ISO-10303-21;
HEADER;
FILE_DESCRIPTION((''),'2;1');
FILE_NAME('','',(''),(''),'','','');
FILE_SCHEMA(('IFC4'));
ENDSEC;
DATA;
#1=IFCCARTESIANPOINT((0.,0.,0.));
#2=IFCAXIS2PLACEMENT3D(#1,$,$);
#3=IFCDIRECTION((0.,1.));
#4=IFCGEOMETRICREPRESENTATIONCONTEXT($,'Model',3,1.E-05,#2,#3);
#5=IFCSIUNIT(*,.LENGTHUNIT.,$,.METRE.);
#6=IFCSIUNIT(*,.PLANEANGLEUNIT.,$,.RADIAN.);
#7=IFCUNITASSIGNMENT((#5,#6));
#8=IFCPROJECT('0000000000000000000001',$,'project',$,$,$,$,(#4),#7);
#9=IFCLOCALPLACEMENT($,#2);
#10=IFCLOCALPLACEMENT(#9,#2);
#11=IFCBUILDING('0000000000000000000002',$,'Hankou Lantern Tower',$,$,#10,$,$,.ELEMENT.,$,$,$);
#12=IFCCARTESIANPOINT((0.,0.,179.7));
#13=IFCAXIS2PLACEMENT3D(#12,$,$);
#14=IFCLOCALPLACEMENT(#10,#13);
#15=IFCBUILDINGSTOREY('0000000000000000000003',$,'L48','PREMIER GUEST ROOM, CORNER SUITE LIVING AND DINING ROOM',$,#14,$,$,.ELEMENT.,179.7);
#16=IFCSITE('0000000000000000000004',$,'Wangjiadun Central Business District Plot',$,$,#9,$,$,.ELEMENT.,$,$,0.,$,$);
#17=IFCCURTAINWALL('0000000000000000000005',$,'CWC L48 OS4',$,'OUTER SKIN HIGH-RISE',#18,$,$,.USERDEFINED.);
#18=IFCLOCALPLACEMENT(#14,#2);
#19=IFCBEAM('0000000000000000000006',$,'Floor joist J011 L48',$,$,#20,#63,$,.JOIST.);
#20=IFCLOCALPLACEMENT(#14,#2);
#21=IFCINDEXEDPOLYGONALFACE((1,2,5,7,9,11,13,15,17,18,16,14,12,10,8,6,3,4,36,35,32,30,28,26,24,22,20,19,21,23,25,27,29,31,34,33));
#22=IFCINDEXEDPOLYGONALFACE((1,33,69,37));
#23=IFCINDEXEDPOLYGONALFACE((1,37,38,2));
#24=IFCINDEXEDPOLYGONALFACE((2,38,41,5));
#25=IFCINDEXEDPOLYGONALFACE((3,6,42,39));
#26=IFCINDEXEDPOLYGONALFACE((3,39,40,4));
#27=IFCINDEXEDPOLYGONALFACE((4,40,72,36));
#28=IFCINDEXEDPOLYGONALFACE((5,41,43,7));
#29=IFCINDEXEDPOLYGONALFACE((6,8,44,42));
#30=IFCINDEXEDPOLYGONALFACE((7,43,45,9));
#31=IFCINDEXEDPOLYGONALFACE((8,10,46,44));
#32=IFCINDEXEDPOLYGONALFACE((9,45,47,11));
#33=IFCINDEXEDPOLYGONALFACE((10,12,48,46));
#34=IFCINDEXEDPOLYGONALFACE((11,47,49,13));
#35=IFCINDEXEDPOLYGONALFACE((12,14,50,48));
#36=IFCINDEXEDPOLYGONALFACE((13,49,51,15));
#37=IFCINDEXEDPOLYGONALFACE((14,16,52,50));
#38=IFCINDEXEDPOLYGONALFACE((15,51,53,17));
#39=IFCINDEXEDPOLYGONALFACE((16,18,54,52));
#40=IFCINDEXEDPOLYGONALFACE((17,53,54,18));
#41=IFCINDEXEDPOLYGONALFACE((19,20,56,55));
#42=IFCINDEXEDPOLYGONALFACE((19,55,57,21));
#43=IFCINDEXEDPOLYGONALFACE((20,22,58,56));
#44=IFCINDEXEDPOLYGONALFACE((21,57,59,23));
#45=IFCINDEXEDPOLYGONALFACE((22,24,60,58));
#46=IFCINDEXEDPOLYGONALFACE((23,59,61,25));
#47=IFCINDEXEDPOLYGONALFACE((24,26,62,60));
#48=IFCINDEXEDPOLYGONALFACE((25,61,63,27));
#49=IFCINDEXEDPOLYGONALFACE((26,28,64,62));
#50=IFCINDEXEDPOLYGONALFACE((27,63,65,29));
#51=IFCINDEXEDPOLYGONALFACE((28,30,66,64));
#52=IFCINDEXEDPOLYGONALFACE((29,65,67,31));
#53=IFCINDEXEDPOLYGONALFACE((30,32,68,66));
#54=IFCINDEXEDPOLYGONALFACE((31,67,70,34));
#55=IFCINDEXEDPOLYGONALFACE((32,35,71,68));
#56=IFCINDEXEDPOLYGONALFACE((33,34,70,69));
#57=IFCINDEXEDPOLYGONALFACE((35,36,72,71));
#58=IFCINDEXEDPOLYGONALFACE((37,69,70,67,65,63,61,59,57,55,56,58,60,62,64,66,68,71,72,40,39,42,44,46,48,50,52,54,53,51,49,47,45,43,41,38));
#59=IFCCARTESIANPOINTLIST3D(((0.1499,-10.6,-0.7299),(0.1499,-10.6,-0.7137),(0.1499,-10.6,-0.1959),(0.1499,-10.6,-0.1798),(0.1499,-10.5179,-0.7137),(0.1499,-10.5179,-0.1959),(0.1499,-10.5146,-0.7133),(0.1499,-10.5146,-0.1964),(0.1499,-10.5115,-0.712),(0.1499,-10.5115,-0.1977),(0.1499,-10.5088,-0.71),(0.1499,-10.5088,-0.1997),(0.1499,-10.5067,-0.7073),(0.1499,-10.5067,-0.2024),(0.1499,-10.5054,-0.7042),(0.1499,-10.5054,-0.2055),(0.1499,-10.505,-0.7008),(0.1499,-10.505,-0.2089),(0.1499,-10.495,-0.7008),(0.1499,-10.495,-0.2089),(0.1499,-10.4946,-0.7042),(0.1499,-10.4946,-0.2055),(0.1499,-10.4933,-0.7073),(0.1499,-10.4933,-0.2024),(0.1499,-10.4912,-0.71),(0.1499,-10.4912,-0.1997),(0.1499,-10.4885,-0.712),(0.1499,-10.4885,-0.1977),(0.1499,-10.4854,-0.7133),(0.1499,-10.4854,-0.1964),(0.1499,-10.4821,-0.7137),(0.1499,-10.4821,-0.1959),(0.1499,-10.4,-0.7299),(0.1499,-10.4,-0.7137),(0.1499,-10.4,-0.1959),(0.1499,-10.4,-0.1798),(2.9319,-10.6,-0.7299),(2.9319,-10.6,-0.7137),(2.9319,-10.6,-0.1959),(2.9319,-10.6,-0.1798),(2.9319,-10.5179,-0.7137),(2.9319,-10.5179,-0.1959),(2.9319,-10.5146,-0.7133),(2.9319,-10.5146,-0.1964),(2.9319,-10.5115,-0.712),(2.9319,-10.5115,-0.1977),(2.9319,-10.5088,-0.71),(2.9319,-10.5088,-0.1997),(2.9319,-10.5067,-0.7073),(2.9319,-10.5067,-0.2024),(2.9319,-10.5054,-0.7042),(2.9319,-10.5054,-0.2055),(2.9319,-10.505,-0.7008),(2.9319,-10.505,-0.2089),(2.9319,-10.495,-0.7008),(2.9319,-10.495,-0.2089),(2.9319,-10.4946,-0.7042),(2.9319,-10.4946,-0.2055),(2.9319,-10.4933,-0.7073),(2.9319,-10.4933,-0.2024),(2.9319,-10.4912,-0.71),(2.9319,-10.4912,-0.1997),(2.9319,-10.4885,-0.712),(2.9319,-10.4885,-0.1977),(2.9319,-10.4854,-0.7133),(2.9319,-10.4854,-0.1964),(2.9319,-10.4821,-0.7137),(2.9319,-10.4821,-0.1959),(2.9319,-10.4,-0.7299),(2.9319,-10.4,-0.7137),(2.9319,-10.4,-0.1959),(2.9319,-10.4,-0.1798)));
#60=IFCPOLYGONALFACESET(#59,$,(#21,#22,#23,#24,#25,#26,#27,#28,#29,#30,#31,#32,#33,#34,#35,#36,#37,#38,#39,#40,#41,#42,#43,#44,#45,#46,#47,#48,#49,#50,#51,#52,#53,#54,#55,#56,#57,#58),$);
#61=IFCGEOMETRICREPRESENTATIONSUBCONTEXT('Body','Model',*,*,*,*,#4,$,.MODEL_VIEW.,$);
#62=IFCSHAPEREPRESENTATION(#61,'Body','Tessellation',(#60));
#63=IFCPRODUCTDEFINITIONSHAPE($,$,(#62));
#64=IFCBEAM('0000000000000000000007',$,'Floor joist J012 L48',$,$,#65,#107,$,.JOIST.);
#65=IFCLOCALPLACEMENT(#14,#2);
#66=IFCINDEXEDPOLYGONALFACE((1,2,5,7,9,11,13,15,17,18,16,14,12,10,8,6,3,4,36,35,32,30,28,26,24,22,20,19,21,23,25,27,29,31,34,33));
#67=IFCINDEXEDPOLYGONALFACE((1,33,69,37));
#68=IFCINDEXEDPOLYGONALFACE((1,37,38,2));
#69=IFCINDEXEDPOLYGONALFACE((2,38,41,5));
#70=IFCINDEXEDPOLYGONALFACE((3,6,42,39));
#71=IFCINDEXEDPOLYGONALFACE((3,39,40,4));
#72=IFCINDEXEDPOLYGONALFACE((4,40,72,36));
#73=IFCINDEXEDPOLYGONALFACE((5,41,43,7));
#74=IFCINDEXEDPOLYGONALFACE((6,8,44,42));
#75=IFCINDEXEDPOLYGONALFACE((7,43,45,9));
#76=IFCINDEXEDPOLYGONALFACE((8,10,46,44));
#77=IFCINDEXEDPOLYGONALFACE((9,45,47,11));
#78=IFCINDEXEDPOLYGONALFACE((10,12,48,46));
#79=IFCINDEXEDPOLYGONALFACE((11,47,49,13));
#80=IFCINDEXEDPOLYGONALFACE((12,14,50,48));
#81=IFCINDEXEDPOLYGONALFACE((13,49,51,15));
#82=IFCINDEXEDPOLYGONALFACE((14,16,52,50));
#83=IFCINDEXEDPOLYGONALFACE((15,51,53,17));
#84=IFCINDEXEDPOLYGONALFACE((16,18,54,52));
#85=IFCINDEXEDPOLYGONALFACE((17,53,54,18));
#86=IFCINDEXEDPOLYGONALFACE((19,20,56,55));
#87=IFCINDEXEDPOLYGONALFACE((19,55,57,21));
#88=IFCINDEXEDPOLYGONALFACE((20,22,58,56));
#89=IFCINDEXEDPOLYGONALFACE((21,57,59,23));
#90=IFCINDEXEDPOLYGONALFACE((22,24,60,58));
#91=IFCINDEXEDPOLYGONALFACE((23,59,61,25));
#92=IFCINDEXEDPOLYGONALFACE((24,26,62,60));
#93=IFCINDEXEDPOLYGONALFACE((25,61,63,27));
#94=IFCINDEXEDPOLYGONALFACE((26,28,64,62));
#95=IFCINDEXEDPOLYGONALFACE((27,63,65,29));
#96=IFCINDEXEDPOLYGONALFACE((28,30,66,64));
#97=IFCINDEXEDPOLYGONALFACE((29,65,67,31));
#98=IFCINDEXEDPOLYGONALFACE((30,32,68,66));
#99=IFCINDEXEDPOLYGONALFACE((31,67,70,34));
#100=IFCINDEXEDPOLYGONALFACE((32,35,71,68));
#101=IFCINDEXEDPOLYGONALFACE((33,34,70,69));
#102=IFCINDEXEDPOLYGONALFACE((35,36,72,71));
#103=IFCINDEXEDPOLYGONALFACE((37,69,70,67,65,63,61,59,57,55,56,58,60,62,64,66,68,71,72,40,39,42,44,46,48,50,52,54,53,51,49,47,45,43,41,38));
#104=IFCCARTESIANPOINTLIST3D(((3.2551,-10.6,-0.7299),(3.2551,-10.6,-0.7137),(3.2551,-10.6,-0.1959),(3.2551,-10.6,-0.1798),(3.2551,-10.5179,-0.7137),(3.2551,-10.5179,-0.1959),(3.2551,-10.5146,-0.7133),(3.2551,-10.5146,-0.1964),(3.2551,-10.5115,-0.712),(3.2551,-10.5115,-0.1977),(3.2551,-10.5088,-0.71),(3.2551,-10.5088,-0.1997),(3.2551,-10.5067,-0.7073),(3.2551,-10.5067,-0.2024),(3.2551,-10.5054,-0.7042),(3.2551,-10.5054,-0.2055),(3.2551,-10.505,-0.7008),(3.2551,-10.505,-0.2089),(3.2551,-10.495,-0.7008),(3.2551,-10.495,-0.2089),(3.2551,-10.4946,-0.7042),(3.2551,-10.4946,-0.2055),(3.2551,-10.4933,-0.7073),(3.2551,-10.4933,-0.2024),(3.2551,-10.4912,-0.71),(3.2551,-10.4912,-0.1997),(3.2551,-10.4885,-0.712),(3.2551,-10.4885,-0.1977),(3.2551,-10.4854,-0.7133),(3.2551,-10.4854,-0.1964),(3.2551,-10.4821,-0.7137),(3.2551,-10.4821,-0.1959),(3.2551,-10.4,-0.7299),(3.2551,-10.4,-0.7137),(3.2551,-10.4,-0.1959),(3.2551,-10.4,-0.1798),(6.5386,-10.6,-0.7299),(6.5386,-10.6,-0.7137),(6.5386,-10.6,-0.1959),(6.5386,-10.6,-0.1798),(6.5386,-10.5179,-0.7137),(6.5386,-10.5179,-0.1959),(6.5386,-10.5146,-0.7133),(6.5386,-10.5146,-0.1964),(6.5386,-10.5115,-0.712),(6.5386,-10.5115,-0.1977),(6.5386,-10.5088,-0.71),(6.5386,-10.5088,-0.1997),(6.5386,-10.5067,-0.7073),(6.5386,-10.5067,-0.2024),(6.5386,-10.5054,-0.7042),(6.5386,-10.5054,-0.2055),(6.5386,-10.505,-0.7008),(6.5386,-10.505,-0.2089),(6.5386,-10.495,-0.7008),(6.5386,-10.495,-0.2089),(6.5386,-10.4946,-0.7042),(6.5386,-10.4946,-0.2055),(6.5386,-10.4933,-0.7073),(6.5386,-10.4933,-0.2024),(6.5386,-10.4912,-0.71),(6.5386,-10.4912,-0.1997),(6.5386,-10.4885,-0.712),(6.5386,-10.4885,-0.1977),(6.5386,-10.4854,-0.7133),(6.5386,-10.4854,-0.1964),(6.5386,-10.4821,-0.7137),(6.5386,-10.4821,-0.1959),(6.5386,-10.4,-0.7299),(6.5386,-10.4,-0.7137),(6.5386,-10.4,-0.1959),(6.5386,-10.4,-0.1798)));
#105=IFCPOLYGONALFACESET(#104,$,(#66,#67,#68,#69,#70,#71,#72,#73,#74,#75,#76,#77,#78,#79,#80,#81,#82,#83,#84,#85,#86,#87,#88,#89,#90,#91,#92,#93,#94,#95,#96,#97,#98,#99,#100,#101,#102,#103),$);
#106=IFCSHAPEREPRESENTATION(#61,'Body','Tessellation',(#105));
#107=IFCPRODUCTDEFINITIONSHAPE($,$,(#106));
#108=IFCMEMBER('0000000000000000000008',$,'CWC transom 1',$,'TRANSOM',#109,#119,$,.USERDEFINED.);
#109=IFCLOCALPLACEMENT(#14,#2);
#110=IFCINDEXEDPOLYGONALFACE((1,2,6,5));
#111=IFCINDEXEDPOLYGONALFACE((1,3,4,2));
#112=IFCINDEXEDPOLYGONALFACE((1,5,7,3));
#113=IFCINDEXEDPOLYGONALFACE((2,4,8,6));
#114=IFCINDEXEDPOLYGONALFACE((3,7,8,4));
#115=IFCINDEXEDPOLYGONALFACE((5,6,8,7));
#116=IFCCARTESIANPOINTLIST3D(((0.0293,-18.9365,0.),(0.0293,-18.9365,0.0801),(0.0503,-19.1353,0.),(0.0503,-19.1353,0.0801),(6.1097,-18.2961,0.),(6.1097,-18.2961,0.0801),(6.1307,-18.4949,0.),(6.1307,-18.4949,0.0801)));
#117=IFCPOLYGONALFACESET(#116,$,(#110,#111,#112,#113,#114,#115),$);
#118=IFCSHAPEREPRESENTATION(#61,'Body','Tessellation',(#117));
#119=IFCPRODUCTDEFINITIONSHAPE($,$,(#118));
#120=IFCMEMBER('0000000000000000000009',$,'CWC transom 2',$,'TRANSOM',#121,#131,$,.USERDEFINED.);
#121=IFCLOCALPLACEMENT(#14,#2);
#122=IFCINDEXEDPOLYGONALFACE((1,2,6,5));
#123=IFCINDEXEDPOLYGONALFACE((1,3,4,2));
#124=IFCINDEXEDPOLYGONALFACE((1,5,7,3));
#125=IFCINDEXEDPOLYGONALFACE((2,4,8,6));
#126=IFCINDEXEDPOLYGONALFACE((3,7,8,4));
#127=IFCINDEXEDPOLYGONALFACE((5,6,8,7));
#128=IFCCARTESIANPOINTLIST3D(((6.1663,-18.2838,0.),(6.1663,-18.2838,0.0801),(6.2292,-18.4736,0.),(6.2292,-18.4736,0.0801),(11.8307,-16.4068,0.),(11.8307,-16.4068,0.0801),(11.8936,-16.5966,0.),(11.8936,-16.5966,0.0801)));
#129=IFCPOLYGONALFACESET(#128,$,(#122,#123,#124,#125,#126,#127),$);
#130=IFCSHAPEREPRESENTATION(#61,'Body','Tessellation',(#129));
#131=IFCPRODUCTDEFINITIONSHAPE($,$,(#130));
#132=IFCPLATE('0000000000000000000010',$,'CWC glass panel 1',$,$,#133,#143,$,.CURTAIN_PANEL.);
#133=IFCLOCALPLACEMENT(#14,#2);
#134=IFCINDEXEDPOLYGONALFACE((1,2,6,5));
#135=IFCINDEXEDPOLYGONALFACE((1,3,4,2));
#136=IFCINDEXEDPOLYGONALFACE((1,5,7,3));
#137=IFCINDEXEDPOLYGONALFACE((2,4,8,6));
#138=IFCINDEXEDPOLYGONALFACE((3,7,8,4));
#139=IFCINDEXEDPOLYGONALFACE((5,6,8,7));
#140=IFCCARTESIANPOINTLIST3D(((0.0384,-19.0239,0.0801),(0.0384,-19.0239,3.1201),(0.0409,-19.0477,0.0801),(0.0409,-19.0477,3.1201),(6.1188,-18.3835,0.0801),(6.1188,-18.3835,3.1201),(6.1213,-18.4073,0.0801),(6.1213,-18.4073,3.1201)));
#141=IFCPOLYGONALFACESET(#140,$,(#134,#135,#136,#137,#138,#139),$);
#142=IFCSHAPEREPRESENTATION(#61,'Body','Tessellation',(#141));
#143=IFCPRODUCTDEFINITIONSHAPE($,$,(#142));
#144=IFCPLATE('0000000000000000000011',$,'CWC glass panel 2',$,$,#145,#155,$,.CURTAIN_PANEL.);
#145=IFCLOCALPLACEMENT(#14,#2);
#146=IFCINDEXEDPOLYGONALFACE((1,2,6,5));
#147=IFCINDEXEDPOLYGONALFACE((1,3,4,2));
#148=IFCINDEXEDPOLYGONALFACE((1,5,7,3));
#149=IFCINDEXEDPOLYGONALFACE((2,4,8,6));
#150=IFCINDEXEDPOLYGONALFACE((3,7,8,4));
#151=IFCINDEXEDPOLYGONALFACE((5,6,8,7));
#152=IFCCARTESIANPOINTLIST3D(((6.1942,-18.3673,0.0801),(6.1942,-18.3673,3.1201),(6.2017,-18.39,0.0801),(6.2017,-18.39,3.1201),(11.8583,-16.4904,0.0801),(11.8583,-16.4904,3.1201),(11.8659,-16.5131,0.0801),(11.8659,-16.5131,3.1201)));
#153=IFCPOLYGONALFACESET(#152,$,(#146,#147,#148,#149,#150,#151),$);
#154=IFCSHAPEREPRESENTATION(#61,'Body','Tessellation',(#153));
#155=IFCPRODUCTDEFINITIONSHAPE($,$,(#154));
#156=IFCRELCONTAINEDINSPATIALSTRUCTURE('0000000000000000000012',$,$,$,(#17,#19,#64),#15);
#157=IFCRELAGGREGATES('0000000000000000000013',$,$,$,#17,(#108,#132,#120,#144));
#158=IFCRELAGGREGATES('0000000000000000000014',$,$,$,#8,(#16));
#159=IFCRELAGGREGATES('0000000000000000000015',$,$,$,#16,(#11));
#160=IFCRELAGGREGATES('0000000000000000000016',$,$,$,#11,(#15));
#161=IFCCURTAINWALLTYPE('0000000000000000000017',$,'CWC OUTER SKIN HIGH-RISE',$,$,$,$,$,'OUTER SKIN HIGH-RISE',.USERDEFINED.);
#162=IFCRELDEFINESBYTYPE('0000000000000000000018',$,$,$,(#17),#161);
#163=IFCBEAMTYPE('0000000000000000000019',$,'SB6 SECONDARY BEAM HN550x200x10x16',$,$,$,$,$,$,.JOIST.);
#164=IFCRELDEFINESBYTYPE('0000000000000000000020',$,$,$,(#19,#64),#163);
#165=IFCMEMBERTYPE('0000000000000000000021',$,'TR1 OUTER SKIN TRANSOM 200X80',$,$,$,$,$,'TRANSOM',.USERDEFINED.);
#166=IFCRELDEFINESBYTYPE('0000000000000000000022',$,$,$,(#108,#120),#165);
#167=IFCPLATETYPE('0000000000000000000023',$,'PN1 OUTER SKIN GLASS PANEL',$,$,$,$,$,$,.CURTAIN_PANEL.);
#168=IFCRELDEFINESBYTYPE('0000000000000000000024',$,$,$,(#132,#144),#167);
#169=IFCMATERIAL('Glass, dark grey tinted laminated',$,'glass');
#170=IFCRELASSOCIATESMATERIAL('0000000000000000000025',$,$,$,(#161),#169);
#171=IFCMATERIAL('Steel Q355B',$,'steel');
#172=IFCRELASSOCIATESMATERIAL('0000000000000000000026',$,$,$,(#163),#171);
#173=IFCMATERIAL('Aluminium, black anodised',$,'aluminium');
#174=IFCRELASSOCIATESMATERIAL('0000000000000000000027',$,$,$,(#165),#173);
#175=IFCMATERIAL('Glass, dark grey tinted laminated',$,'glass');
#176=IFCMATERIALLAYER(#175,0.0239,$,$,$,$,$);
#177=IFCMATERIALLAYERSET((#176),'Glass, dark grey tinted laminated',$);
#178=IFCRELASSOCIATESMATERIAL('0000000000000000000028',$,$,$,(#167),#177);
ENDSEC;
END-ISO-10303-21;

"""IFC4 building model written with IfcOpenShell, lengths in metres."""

from ifc_helpers import new_model, si_unit, direction, frame, origin, origin_2d, place, context, subcontext, project, spatial, rectangle, i_section, extrude, material, layer, layer_set, material_profile, profile_set, type_object, element, aggregate, save


model = new_model("IFC4")

# Units and contexts
model_context = context("Model", 3, precision=1e-05, world=origin(), true_north=direction((0.0, 1.0)))
body_context = subcontext(model_context, "Body", "Model", "MODEL_VIEW")
ifc_project = project(units=[si_unit("LENGTHUNIT", "METRE"), si_unit("PLANEANGLEUNIT", "RADIAN")], contexts=[model_context])

# Site, building, storey
site_placement = place(None, origin())
site = spatial("IfcSite", under=ifc_project, at=site_placement, Name="Wangjiadun Central Business District Plot", CompositionType="ELEMENT", RefElevation=0.0)
building_placement = place(site_placement, origin())
building = spatial("IfcBuilding", under=site, at=building_placement, Name="Hankou Lantern Tower", CompositionType="ELEMENT")
storey_placement = place(building_placement, frame((0.0, 0.0, 179.7)))
storey = spatial("IfcBuildingStorey", under=building, at=storey_placement, Name="L48", Description="PREMIER GUEST ROOM, CORNER SUITE LIVING AND DINING ROOM", CompositionType="ELEMENT", Elevation=179.7)

# Curtain wall
ifc_material_1 = material(Name="Glass, dark grey tinted laminated", Category="glass")
curtain_wall_type = type_object("IfcCurtainWallType", Name="CWC OUTER SKIN HIGH-RISE", ElementType="OUTER SKIN HIGH-RISE", PredefinedType="USERDEFINED", material=ifc_material_1)
curtain_wall_placement = place(storey_placement, origin())
curtain_wall = element("IfcCurtainWall", 1, at=curtain_wall_placement, inside=storey, type_object=curtain_wall_type, Name="CWC L48 OS4", ObjectType="OUTER SKIN HIGH-RISE", PredefinedType="USERDEFINED")

# Beams
ifc_material_2 = material(Name="Steel Q355B", Category="steel")
ifc_material_profile_1 = material_profile(ifc_material_2, i_section(OverallWidth=0.2, OverallDepth=0.55, WebThickness=0.01, FlangeThickness=0.0161, FilletRadius=0.0129, at=origin_2d()), Name="HN550x200x10x16")
ifc_profile_set_1 = profile_set([ifc_material_profile_1], Name="Steel Q355B")
beam_type_1 = type_object("IfcBeamType", Name="SB6 SECONDARY BEAM HN550x200x10x16", PredefinedType="JOIST", material=ifc_profile_set_1)
beam_1_placement = place(storey_placement, frame((0.1499, -10.5, -0.4548), z_axis=(1.0, 0.0, 0.0), x_axis=(0.0, 1.0, 0.0)))
element("IfcBeam", 2, at=beam_1_placement, inside=storey, type_object=beam_type_1, Name="Floor joist J011 L48", PredefinedType="JOIST", context=body_context, shape_type="SweptSolid", body=[
    extrude(i_section(OverallWidth=0.2, OverallDepth=0.55, WebThickness=0.01, FlangeThickness=0.0161, FilletRadius=0.0129, at=origin_2d()), origin(), (0.0, 0.0, 1.0), 2.782),
])
beam_2_placement = place(storey_placement, frame((3.2551, -10.5, -0.4548), z_axis=(1.0, 0.0, 0.0), x_axis=(0.0, 1.0, 0.0)))
element("IfcBeam", 3, at=beam_2_placement, inside=storey, type_object=beam_type_1, Name="Floor joist J012 L48", PredefinedType="JOIST", context=body_context, shape_type="SweptSolid", body=[
    extrude(i_section(OverallWidth=0.2, OverallDepth=0.55, WebThickness=0.01, FlangeThickness=0.0161, FilletRadius=0.0129, at=origin_2d()), origin(), (0.0, 0.0, 1.0), 3.2834),
])

# Members
ifc_material_3 = material(Name="Aluminium, black anodised", Category="aluminium")
ifc_material_profile_2 = material_profile(ifc_material_3, rectangle(XDim=0.2, YDim=0.0801, at=origin_2d()), Name="TR1 200X80")
ifc_profile_set_2 = profile_set([ifc_material_profile_2], Name="Aluminium, black anodised")
member_type_1 = type_object("IfcMemberType", Name="TR1 OUTER SKIN TRANSOM 200X80", ElementType="TRANSOM", PredefinedType="USERDEFINED", material=ifc_profile_set_2)
member_1_placement = place(storey_placement, frame((0.0398, -19.0359, 0.04), z_axis=(0.9945, 0.104741, 0.0), x_axis=(-0.104741, 0.9945, 0.0)))
member_1 = element("IfcMember", 4, at=member_1_placement, type_object=member_type_1, Name="CWC transom 1", ObjectType="TRANSOM", PredefinedType="USERDEFINED", context=body_context, shape_type="SweptSolid", body=[
    extrude(rectangle(XDim=0.2, YDim=0.0801, at=origin_2d()), origin(), (0.0, 0.0, 1.0), 6.114),
])
member_2_placement = place(storey_placement, frame((6.1978, -18.3787, 0.04), z_axis=(0.949242, 0.314546, 0.0), x_axis=(-0.314546, 0.949242, 0.0)))
member_2 = element("IfcMember", 5, at=member_2_placement, type_object=member_type_1, Name="CWC transom 2", ObjectType="TRANSOM", PredefinedType="USERDEFINED", context=body_context, shape_type="SweptSolid", body=[
    extrude(rectangle(XDim=0.2, YDim=0.0801, at=origin_2d()), origin(), (0.0, 0.0, 1.0), 5.9673),
])

# Plates
ifc_material_4 = material(Name="Glass, dark grey tinted laminated", Category="glass")
ifc_layer_1 = layer(ifc_material_4, 0.0239)
ifc_layer_set_1 = layer_set([ifc_layer_1], Name="Glass, dark grey tinted laminated")
plate_type = type_object("IfcPlateType", Name="PN1 OUTER SKIN GLASS PANEL", PredefinedType="CURTAIN_PANEL", material=ifc_layer_set_1)
plate_1_placement = place(storey_placement, frame((3.0798, -18.7156, 0.0801), z_axis=(0.0, 0.0, 1.0), x_axis=(0.994499, 0.104743, 0.0)))
plate_1 = element("IfcPlate", 6, at=plate_1_placement, type_object=plate_type, Name="CWC glass panel 1", PredefinedType="CURTAIN_PANEL", context=body_context, shape_type="SweptSolid", body=[
    extrude(rectangle(XDim=6.114, YDim=0.0239, at=origin_2d()), origin(), (0.0, 0.0, 1.0), 3.04),
])
plate_2_placement = place(storey_placement, frame((9.03, -17.4402, 0.0801), z_axis=(0.0, 0.0, 1.0), x_axis=(0.949241, 0.314551, 0.0)))
plate_2 = element("IfcPlate", 7, at=plate_2_placement, type_object=plate_type, Name="CWC glass panel 2", PredefinedType="CURTAIN_PANEL", context=body_context, shape_type="SweptSolid", body=[
    extrude(rectangle(XDim=5.967, YDim=0.0239, at=origin_2d()), origin(), (0.0, 0.0, 1.0), 3.04),
])
aggregate(curtain_wall, [member_1, plate_1, member_2, plate_2])

save(model, "model.ifc")
